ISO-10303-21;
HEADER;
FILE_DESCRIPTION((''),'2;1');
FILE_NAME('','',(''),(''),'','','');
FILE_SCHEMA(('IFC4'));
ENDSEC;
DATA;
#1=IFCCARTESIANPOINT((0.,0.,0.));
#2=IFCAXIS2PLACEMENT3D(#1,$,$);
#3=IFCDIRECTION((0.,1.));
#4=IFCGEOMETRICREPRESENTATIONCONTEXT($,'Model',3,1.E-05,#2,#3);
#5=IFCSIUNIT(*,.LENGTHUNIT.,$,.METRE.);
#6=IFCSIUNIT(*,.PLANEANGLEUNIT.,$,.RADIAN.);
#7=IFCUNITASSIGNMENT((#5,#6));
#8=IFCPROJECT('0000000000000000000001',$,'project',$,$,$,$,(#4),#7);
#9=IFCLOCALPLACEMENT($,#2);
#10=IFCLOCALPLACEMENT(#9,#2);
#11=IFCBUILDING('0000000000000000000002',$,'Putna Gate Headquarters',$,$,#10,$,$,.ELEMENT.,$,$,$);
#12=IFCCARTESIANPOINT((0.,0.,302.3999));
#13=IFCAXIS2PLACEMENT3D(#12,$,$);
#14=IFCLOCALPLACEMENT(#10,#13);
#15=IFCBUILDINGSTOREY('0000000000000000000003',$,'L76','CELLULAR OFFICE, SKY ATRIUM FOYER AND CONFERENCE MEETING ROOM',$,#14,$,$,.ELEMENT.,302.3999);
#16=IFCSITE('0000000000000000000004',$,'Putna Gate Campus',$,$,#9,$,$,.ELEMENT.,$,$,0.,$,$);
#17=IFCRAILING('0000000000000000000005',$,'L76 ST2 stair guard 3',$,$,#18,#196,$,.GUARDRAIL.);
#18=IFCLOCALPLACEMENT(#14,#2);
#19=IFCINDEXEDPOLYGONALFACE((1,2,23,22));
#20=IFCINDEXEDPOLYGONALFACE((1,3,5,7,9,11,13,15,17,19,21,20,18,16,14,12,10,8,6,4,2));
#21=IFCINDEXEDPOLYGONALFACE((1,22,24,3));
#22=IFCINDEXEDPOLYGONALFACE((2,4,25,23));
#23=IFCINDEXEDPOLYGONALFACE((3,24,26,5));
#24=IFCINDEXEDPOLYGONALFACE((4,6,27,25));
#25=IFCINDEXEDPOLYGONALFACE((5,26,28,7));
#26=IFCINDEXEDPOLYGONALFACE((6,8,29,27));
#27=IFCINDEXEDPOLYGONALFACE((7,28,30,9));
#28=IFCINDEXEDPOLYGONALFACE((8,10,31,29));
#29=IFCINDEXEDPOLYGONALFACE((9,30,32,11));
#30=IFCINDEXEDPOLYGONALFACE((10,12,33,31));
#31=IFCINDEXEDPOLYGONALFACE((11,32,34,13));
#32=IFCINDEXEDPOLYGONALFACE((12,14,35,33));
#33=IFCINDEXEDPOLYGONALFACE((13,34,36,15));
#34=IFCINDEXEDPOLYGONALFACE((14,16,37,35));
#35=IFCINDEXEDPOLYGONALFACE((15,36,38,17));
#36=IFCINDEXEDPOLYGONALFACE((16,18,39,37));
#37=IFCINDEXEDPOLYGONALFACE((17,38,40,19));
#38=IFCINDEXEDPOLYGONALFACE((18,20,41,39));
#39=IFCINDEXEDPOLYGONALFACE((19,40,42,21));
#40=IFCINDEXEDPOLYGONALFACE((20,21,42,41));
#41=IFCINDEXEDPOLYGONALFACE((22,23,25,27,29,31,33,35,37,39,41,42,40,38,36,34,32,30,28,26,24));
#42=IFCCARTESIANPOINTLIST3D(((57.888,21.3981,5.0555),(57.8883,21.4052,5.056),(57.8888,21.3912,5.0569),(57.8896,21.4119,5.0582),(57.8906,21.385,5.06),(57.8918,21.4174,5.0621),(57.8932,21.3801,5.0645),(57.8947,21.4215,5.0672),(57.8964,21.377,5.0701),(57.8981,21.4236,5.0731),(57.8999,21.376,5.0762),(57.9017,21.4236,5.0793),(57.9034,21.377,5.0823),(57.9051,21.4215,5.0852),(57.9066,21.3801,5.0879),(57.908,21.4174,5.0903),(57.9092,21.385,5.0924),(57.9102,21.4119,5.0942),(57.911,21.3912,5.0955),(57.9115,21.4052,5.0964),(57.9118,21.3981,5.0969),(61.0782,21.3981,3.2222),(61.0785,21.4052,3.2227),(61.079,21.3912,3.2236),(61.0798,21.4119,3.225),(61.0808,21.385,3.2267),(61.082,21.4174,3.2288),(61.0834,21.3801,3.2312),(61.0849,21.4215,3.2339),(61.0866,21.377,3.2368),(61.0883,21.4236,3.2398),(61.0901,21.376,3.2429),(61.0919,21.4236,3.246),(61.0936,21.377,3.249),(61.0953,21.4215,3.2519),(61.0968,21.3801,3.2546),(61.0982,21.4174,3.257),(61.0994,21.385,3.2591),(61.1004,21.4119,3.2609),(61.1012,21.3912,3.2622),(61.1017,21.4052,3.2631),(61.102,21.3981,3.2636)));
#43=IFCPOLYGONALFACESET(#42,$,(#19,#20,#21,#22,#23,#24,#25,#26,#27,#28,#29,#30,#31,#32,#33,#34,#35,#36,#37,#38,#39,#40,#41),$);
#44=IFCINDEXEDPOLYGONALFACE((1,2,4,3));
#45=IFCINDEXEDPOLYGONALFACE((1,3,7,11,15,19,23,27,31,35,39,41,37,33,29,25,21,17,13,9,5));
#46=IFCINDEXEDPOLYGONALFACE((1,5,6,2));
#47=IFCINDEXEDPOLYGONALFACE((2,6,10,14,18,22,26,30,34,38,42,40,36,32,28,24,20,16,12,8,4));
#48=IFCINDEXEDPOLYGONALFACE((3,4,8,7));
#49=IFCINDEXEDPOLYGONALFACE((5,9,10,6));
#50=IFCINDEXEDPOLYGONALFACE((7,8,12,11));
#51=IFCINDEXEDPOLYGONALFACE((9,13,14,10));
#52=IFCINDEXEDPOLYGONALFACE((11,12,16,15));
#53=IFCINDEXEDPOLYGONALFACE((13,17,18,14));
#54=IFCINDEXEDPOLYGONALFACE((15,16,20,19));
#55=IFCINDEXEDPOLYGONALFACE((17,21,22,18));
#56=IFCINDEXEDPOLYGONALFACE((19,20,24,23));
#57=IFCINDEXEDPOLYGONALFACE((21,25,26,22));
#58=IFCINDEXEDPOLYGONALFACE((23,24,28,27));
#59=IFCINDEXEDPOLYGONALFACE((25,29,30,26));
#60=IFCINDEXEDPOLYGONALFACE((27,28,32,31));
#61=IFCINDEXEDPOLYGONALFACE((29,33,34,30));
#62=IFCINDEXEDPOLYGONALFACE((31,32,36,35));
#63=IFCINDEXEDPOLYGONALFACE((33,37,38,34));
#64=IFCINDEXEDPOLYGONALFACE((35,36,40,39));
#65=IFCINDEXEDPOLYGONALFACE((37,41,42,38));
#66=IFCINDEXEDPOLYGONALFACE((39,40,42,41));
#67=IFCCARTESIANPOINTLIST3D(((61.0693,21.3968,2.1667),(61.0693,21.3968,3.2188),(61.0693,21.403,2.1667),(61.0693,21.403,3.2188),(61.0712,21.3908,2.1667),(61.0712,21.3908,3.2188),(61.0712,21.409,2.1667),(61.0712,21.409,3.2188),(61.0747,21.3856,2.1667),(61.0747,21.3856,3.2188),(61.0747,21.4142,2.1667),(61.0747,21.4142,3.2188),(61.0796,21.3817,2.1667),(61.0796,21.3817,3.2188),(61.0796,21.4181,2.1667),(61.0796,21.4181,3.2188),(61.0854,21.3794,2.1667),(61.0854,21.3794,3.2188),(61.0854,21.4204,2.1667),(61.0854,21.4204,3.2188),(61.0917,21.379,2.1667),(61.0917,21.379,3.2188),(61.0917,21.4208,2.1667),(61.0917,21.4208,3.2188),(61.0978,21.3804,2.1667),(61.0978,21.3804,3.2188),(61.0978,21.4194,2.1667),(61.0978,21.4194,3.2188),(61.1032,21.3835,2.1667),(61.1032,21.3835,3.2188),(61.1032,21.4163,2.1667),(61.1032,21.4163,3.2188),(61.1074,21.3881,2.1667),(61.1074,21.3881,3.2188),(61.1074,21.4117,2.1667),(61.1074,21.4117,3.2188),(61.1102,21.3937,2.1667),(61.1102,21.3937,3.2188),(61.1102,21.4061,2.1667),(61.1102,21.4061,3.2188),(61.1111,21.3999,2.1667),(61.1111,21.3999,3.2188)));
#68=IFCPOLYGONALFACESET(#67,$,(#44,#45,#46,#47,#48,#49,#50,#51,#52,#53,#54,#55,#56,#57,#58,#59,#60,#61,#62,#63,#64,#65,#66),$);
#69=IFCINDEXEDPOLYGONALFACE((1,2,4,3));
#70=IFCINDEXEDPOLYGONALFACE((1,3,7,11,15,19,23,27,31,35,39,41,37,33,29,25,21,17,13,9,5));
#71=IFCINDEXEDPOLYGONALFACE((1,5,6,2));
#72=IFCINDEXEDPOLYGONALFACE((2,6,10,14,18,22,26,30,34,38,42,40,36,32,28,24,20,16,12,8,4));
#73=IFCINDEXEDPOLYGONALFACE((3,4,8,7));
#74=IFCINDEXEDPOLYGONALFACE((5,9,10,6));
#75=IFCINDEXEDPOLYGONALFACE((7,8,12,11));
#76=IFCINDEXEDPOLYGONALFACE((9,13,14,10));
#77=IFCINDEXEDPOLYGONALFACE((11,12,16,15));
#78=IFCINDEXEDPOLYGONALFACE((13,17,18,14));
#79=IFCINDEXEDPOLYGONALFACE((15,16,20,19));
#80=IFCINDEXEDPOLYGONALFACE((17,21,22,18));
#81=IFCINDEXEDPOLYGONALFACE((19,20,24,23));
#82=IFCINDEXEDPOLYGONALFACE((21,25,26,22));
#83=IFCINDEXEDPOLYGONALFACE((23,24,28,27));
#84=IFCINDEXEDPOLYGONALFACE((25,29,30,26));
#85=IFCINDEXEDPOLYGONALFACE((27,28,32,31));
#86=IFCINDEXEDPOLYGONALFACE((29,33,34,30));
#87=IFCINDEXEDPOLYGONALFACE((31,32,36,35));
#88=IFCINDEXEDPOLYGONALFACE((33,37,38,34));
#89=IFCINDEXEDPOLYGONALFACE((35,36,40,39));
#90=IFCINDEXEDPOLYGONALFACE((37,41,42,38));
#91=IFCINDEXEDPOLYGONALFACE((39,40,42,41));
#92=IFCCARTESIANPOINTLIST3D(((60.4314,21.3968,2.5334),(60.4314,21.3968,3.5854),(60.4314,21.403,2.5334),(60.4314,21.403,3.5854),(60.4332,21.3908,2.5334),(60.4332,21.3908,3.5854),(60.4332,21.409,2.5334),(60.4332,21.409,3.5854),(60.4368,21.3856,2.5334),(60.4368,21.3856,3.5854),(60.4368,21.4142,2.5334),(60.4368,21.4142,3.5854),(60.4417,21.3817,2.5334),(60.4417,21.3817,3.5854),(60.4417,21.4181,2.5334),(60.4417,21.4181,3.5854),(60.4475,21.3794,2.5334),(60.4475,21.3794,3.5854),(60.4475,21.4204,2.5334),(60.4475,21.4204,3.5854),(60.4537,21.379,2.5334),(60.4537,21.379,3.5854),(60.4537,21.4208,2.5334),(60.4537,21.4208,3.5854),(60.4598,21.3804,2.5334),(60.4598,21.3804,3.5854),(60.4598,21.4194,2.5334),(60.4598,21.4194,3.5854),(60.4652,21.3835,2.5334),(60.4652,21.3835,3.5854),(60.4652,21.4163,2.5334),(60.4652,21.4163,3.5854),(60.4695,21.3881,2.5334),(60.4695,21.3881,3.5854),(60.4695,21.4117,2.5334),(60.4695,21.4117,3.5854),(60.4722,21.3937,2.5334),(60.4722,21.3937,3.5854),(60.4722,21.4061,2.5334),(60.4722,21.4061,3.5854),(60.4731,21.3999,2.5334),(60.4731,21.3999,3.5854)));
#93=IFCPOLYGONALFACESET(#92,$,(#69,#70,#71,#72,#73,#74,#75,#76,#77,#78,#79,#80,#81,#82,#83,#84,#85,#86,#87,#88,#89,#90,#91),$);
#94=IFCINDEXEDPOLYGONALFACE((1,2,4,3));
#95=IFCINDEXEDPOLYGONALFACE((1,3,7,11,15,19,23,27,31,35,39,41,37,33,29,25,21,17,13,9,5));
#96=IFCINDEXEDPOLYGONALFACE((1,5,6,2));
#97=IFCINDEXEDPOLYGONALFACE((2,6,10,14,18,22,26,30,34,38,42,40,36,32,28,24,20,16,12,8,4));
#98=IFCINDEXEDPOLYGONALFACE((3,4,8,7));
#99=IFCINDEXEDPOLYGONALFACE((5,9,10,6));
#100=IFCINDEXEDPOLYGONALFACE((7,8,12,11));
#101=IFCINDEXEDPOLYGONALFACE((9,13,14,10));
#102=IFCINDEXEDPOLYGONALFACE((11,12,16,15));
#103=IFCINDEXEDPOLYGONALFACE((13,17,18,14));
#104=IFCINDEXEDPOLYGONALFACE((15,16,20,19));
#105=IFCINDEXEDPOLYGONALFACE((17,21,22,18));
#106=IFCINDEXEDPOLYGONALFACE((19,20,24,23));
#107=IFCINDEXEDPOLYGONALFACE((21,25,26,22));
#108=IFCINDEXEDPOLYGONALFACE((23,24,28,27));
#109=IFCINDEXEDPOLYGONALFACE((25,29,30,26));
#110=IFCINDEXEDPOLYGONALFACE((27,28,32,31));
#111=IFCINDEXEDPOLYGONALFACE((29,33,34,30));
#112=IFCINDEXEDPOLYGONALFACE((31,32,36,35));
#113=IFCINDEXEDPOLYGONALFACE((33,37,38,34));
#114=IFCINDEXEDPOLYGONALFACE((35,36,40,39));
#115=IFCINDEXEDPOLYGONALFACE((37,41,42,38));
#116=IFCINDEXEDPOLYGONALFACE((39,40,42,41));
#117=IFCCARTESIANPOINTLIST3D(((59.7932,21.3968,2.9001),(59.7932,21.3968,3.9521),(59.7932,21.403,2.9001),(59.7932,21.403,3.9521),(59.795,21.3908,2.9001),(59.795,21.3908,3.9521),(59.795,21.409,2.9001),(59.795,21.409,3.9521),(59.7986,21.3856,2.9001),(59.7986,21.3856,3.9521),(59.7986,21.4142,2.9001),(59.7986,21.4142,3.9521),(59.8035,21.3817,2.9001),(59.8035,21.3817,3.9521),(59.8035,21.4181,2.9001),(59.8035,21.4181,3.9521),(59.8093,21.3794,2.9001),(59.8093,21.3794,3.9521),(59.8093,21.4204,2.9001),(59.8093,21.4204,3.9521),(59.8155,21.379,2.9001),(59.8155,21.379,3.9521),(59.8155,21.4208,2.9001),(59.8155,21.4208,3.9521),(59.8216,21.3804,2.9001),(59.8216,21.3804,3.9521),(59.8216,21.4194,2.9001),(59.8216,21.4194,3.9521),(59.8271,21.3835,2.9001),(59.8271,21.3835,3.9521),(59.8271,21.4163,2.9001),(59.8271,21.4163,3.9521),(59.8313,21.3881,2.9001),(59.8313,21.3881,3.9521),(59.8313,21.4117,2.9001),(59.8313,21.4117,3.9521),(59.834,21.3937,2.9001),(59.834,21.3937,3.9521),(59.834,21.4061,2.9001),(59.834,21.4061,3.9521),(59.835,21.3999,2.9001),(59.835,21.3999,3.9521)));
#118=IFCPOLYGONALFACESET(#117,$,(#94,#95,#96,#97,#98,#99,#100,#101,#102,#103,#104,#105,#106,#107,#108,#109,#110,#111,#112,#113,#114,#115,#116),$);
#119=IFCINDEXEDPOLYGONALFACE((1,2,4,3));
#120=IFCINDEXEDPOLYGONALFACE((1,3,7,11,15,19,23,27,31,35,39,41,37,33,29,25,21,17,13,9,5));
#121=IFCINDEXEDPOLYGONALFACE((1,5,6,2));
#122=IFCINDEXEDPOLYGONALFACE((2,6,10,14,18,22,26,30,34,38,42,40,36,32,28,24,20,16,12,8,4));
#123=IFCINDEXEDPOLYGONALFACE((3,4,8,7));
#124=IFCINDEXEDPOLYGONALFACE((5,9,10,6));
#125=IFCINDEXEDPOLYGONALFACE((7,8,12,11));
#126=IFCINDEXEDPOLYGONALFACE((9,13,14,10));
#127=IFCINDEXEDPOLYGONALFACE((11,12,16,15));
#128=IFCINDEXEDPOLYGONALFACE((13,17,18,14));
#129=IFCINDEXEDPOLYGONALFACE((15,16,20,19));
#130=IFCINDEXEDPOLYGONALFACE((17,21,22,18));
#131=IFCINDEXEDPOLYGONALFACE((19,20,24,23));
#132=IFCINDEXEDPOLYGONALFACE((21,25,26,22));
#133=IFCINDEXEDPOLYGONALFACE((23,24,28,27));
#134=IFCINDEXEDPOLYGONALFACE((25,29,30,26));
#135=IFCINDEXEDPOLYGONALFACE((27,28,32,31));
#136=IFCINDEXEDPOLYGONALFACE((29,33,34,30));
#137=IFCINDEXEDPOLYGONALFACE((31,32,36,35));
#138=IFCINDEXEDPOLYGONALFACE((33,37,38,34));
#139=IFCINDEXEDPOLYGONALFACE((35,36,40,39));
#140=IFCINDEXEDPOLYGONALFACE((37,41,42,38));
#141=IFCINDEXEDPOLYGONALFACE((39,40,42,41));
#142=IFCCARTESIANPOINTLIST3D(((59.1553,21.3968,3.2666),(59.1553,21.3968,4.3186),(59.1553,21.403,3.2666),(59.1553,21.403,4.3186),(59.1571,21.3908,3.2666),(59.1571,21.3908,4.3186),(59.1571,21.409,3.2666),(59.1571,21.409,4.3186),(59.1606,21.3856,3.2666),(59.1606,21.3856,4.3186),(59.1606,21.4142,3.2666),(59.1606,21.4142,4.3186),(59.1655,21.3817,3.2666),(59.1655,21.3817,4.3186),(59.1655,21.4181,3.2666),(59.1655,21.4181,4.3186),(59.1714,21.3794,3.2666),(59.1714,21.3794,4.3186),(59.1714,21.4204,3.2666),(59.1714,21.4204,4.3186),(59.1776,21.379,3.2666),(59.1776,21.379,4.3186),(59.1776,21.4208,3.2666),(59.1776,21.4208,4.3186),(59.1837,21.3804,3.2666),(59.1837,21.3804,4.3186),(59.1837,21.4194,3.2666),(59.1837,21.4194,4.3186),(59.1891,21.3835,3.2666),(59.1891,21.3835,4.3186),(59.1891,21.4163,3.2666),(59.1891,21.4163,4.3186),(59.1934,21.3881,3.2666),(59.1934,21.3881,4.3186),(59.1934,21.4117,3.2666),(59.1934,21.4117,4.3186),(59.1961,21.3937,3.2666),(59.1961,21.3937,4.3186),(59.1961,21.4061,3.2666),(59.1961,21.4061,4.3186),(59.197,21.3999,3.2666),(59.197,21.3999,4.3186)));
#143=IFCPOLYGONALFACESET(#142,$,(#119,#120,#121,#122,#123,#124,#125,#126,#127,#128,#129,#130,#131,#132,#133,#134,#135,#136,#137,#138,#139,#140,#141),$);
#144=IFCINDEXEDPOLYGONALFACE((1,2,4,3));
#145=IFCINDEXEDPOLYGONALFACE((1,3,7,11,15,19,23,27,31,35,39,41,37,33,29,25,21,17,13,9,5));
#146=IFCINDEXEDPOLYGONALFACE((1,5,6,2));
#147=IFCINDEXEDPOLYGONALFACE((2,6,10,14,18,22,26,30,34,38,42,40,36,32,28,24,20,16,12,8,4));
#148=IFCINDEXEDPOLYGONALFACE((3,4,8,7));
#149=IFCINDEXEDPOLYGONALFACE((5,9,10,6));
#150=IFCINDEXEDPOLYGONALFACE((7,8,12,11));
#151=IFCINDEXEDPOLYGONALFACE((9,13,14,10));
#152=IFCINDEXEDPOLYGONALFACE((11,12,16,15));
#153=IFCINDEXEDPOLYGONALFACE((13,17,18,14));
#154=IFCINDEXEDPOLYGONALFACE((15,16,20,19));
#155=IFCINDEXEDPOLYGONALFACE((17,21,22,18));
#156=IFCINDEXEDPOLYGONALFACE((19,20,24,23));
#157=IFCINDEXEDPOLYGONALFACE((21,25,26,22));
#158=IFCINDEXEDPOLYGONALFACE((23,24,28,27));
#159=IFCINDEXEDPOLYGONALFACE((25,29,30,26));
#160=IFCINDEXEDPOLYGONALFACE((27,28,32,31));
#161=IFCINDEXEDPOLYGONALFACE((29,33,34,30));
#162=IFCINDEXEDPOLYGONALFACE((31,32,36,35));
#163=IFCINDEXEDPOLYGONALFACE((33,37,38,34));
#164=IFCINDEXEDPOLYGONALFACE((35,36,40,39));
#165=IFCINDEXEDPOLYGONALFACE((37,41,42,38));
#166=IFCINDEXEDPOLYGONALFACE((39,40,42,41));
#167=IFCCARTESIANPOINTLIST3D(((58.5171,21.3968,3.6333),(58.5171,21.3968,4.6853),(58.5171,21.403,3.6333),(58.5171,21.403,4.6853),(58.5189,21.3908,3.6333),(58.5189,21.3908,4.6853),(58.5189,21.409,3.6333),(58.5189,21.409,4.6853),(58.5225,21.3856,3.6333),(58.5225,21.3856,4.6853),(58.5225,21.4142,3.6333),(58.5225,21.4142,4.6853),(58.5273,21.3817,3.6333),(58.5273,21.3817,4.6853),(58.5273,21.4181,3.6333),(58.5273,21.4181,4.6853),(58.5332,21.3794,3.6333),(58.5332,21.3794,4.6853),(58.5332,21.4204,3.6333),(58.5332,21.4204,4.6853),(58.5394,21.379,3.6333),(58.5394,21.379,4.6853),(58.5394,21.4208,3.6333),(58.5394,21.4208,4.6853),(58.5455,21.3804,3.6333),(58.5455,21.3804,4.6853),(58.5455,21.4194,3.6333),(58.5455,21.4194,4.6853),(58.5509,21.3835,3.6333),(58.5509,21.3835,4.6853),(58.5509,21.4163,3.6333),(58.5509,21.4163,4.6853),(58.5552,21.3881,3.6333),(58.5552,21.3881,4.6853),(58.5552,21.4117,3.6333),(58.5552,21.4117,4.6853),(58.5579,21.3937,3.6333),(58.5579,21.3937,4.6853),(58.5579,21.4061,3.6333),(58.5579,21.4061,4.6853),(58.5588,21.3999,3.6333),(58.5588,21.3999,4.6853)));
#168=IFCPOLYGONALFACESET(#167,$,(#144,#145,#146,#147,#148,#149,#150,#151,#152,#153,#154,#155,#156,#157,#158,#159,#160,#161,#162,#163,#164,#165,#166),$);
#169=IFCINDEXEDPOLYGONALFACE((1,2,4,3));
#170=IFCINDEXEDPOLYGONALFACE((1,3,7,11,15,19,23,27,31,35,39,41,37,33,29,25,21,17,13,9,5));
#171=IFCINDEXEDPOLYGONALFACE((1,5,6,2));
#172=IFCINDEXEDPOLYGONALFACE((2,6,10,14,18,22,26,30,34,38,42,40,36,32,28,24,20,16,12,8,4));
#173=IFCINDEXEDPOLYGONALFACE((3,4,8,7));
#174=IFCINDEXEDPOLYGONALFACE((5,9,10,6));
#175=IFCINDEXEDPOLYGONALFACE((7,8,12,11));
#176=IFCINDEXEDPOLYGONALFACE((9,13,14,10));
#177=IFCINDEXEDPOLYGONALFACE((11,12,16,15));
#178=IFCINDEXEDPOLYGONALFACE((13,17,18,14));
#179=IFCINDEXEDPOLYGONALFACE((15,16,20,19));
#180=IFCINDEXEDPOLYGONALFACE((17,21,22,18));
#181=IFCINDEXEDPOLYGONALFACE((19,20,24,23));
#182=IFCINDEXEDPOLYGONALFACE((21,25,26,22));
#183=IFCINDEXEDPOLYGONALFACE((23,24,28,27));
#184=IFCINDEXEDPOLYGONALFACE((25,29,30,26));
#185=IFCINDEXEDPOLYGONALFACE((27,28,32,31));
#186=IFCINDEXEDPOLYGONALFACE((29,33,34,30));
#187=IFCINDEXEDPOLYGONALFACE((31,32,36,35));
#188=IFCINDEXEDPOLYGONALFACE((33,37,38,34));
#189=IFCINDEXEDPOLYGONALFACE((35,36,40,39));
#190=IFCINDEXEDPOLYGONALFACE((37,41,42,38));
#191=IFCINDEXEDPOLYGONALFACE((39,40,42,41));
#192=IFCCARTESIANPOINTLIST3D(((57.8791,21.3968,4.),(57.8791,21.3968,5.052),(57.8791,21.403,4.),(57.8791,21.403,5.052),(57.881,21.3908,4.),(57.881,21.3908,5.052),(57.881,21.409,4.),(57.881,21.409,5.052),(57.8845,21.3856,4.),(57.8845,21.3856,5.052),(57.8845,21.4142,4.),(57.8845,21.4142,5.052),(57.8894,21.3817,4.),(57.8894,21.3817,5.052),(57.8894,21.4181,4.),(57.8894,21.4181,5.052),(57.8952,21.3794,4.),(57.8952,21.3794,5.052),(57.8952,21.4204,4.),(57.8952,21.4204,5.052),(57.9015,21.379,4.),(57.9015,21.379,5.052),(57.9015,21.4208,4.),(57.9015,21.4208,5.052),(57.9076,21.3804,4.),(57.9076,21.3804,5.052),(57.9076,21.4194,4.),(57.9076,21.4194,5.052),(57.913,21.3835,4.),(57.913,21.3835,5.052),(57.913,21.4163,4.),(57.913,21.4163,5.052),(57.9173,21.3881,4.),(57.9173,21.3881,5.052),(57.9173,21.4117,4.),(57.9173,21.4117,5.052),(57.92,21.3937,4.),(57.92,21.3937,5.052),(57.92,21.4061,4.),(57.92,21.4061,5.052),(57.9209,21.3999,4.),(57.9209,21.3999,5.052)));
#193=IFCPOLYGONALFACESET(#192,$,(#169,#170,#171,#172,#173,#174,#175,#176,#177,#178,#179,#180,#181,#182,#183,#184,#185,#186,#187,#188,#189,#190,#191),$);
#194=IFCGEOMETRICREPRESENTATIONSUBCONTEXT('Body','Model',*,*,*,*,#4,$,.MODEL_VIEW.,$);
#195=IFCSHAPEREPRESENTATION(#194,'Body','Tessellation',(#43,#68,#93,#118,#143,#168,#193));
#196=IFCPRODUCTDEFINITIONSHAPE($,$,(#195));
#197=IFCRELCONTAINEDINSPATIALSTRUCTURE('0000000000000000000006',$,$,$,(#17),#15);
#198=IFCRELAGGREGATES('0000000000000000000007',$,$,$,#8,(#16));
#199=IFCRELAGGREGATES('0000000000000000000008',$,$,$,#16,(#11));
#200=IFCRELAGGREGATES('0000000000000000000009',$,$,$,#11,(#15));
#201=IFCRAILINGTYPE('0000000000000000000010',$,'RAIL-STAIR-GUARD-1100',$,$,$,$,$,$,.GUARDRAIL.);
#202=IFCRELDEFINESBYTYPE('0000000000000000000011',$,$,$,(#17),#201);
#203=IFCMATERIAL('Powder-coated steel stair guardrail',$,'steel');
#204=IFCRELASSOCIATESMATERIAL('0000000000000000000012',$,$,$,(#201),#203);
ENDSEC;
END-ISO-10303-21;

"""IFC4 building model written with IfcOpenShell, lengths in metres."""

from ifc_helpers import new_model, si_unit, direction, frame, origin, origin_2d, place, context, subcontext, project, spatial, circle, extrude, material, type_object, element, save


model = new_model("IFC4")

# Units and contexts
model_context = context("Model", 3, precision=1e-05, world=origin(), true_north=direction((0.0, 1.0)))
body_context = subcontext(model_context, "Body", "Model", "MODEL_VIEW")
ifc_project = project(units=[si_unit("LENGTHUNIT", "METRE"), si_unit("PLANEANGLEUNIT", "RADIAN")], contexts=[model_context])

# Site, building, storey
site_placement = place(None, origin())
site = spatial("IfcSite", under=ifc_project, at=site_placement, Name="Putna Gate Campus", CompositionType="ELEMENT", RefElevation=0.0)
building_placement = place(site_placement, origin())
building = spatial("IfcBuilding", under=site, at=building_placement, Name="Putna Gate Headquarters", CompositionType="ELEMENT")
storey_placement = place(building_placement, frame((0.0, 0.0, 302.3999)))
storey = spatial("IfcBuildingStorey", under=building, at=storey_placement, Name="L76", Description="CELLULAR OFFICE, SKY ATRIUM FOYER AND CONFERENCE MEETING ROOM", CompositionType="ELEMENT", Elevation=302.3999)

# Railing
ifc_material_1 = material(Name="Powder-coated steel stair guardrail", Category="steel")
railing_type = type_object("IfcRailingType", Name="RAIL-STAIR-GUARD-1100", PredefinedType="GUARDRAIL", material=ifc_material_1)
railing_1_placement = place(storey_placement, frame((61.0901, 21.3999, 2.1667)))
element("IfcRailing", 1, at=railing_1_placement, inside=storey, type_object=railing_type, Name="L76 ST2 stair guard 3", PredefinedType="GUARDRAIL", context=body_context, shape_type="SweptSolid", body=[
    extrude(circle(Radius=0.0239, at=origin_2d()), frame((0.0, 0.0, 1.0762), z_axis=(-0.867036, 0.0, 0.498245), x_axis=(0.0, -1.0, 0.0)), (0.0, 0.0, 1.0), 3.6794),
    extrude(circle(Radius=0.021, at=origin_2d()), origin(), (0.0, 0.0, 1.0), 1.052),
    extrude(circle(Radius=0.021, at=origin_2d()), frame((-0.6379, 0.0, 0.3667)), (0.0, 0.0, 1.0), 1.052),
    extrude(circle(Radius=0.021, at=origin_2d()), frame((-1.2761, 0.0, 0.7334)), (0.0, 0.0, 1.0), 1.052),
    extrude(circle(Radius=0.021, at=origin_2d()), frame((-1.9141, 0.0, 1.0999)), (0.0, 0.0, 1.0), 1.052),
    extrude(circle(Radius=0.021, at=origin_2d()), frame((-2.5522, 0.0, 1.4666)), (0.0, 0.0, 1.0), 1.052),
    extrude(circle(Radius=0.021, at=origin_2d()), frame((-3.1902, 0.0, 1.8333)), (0.0, 0.0, 1.0), 1.052),
])

save(model, "model.ifc")
